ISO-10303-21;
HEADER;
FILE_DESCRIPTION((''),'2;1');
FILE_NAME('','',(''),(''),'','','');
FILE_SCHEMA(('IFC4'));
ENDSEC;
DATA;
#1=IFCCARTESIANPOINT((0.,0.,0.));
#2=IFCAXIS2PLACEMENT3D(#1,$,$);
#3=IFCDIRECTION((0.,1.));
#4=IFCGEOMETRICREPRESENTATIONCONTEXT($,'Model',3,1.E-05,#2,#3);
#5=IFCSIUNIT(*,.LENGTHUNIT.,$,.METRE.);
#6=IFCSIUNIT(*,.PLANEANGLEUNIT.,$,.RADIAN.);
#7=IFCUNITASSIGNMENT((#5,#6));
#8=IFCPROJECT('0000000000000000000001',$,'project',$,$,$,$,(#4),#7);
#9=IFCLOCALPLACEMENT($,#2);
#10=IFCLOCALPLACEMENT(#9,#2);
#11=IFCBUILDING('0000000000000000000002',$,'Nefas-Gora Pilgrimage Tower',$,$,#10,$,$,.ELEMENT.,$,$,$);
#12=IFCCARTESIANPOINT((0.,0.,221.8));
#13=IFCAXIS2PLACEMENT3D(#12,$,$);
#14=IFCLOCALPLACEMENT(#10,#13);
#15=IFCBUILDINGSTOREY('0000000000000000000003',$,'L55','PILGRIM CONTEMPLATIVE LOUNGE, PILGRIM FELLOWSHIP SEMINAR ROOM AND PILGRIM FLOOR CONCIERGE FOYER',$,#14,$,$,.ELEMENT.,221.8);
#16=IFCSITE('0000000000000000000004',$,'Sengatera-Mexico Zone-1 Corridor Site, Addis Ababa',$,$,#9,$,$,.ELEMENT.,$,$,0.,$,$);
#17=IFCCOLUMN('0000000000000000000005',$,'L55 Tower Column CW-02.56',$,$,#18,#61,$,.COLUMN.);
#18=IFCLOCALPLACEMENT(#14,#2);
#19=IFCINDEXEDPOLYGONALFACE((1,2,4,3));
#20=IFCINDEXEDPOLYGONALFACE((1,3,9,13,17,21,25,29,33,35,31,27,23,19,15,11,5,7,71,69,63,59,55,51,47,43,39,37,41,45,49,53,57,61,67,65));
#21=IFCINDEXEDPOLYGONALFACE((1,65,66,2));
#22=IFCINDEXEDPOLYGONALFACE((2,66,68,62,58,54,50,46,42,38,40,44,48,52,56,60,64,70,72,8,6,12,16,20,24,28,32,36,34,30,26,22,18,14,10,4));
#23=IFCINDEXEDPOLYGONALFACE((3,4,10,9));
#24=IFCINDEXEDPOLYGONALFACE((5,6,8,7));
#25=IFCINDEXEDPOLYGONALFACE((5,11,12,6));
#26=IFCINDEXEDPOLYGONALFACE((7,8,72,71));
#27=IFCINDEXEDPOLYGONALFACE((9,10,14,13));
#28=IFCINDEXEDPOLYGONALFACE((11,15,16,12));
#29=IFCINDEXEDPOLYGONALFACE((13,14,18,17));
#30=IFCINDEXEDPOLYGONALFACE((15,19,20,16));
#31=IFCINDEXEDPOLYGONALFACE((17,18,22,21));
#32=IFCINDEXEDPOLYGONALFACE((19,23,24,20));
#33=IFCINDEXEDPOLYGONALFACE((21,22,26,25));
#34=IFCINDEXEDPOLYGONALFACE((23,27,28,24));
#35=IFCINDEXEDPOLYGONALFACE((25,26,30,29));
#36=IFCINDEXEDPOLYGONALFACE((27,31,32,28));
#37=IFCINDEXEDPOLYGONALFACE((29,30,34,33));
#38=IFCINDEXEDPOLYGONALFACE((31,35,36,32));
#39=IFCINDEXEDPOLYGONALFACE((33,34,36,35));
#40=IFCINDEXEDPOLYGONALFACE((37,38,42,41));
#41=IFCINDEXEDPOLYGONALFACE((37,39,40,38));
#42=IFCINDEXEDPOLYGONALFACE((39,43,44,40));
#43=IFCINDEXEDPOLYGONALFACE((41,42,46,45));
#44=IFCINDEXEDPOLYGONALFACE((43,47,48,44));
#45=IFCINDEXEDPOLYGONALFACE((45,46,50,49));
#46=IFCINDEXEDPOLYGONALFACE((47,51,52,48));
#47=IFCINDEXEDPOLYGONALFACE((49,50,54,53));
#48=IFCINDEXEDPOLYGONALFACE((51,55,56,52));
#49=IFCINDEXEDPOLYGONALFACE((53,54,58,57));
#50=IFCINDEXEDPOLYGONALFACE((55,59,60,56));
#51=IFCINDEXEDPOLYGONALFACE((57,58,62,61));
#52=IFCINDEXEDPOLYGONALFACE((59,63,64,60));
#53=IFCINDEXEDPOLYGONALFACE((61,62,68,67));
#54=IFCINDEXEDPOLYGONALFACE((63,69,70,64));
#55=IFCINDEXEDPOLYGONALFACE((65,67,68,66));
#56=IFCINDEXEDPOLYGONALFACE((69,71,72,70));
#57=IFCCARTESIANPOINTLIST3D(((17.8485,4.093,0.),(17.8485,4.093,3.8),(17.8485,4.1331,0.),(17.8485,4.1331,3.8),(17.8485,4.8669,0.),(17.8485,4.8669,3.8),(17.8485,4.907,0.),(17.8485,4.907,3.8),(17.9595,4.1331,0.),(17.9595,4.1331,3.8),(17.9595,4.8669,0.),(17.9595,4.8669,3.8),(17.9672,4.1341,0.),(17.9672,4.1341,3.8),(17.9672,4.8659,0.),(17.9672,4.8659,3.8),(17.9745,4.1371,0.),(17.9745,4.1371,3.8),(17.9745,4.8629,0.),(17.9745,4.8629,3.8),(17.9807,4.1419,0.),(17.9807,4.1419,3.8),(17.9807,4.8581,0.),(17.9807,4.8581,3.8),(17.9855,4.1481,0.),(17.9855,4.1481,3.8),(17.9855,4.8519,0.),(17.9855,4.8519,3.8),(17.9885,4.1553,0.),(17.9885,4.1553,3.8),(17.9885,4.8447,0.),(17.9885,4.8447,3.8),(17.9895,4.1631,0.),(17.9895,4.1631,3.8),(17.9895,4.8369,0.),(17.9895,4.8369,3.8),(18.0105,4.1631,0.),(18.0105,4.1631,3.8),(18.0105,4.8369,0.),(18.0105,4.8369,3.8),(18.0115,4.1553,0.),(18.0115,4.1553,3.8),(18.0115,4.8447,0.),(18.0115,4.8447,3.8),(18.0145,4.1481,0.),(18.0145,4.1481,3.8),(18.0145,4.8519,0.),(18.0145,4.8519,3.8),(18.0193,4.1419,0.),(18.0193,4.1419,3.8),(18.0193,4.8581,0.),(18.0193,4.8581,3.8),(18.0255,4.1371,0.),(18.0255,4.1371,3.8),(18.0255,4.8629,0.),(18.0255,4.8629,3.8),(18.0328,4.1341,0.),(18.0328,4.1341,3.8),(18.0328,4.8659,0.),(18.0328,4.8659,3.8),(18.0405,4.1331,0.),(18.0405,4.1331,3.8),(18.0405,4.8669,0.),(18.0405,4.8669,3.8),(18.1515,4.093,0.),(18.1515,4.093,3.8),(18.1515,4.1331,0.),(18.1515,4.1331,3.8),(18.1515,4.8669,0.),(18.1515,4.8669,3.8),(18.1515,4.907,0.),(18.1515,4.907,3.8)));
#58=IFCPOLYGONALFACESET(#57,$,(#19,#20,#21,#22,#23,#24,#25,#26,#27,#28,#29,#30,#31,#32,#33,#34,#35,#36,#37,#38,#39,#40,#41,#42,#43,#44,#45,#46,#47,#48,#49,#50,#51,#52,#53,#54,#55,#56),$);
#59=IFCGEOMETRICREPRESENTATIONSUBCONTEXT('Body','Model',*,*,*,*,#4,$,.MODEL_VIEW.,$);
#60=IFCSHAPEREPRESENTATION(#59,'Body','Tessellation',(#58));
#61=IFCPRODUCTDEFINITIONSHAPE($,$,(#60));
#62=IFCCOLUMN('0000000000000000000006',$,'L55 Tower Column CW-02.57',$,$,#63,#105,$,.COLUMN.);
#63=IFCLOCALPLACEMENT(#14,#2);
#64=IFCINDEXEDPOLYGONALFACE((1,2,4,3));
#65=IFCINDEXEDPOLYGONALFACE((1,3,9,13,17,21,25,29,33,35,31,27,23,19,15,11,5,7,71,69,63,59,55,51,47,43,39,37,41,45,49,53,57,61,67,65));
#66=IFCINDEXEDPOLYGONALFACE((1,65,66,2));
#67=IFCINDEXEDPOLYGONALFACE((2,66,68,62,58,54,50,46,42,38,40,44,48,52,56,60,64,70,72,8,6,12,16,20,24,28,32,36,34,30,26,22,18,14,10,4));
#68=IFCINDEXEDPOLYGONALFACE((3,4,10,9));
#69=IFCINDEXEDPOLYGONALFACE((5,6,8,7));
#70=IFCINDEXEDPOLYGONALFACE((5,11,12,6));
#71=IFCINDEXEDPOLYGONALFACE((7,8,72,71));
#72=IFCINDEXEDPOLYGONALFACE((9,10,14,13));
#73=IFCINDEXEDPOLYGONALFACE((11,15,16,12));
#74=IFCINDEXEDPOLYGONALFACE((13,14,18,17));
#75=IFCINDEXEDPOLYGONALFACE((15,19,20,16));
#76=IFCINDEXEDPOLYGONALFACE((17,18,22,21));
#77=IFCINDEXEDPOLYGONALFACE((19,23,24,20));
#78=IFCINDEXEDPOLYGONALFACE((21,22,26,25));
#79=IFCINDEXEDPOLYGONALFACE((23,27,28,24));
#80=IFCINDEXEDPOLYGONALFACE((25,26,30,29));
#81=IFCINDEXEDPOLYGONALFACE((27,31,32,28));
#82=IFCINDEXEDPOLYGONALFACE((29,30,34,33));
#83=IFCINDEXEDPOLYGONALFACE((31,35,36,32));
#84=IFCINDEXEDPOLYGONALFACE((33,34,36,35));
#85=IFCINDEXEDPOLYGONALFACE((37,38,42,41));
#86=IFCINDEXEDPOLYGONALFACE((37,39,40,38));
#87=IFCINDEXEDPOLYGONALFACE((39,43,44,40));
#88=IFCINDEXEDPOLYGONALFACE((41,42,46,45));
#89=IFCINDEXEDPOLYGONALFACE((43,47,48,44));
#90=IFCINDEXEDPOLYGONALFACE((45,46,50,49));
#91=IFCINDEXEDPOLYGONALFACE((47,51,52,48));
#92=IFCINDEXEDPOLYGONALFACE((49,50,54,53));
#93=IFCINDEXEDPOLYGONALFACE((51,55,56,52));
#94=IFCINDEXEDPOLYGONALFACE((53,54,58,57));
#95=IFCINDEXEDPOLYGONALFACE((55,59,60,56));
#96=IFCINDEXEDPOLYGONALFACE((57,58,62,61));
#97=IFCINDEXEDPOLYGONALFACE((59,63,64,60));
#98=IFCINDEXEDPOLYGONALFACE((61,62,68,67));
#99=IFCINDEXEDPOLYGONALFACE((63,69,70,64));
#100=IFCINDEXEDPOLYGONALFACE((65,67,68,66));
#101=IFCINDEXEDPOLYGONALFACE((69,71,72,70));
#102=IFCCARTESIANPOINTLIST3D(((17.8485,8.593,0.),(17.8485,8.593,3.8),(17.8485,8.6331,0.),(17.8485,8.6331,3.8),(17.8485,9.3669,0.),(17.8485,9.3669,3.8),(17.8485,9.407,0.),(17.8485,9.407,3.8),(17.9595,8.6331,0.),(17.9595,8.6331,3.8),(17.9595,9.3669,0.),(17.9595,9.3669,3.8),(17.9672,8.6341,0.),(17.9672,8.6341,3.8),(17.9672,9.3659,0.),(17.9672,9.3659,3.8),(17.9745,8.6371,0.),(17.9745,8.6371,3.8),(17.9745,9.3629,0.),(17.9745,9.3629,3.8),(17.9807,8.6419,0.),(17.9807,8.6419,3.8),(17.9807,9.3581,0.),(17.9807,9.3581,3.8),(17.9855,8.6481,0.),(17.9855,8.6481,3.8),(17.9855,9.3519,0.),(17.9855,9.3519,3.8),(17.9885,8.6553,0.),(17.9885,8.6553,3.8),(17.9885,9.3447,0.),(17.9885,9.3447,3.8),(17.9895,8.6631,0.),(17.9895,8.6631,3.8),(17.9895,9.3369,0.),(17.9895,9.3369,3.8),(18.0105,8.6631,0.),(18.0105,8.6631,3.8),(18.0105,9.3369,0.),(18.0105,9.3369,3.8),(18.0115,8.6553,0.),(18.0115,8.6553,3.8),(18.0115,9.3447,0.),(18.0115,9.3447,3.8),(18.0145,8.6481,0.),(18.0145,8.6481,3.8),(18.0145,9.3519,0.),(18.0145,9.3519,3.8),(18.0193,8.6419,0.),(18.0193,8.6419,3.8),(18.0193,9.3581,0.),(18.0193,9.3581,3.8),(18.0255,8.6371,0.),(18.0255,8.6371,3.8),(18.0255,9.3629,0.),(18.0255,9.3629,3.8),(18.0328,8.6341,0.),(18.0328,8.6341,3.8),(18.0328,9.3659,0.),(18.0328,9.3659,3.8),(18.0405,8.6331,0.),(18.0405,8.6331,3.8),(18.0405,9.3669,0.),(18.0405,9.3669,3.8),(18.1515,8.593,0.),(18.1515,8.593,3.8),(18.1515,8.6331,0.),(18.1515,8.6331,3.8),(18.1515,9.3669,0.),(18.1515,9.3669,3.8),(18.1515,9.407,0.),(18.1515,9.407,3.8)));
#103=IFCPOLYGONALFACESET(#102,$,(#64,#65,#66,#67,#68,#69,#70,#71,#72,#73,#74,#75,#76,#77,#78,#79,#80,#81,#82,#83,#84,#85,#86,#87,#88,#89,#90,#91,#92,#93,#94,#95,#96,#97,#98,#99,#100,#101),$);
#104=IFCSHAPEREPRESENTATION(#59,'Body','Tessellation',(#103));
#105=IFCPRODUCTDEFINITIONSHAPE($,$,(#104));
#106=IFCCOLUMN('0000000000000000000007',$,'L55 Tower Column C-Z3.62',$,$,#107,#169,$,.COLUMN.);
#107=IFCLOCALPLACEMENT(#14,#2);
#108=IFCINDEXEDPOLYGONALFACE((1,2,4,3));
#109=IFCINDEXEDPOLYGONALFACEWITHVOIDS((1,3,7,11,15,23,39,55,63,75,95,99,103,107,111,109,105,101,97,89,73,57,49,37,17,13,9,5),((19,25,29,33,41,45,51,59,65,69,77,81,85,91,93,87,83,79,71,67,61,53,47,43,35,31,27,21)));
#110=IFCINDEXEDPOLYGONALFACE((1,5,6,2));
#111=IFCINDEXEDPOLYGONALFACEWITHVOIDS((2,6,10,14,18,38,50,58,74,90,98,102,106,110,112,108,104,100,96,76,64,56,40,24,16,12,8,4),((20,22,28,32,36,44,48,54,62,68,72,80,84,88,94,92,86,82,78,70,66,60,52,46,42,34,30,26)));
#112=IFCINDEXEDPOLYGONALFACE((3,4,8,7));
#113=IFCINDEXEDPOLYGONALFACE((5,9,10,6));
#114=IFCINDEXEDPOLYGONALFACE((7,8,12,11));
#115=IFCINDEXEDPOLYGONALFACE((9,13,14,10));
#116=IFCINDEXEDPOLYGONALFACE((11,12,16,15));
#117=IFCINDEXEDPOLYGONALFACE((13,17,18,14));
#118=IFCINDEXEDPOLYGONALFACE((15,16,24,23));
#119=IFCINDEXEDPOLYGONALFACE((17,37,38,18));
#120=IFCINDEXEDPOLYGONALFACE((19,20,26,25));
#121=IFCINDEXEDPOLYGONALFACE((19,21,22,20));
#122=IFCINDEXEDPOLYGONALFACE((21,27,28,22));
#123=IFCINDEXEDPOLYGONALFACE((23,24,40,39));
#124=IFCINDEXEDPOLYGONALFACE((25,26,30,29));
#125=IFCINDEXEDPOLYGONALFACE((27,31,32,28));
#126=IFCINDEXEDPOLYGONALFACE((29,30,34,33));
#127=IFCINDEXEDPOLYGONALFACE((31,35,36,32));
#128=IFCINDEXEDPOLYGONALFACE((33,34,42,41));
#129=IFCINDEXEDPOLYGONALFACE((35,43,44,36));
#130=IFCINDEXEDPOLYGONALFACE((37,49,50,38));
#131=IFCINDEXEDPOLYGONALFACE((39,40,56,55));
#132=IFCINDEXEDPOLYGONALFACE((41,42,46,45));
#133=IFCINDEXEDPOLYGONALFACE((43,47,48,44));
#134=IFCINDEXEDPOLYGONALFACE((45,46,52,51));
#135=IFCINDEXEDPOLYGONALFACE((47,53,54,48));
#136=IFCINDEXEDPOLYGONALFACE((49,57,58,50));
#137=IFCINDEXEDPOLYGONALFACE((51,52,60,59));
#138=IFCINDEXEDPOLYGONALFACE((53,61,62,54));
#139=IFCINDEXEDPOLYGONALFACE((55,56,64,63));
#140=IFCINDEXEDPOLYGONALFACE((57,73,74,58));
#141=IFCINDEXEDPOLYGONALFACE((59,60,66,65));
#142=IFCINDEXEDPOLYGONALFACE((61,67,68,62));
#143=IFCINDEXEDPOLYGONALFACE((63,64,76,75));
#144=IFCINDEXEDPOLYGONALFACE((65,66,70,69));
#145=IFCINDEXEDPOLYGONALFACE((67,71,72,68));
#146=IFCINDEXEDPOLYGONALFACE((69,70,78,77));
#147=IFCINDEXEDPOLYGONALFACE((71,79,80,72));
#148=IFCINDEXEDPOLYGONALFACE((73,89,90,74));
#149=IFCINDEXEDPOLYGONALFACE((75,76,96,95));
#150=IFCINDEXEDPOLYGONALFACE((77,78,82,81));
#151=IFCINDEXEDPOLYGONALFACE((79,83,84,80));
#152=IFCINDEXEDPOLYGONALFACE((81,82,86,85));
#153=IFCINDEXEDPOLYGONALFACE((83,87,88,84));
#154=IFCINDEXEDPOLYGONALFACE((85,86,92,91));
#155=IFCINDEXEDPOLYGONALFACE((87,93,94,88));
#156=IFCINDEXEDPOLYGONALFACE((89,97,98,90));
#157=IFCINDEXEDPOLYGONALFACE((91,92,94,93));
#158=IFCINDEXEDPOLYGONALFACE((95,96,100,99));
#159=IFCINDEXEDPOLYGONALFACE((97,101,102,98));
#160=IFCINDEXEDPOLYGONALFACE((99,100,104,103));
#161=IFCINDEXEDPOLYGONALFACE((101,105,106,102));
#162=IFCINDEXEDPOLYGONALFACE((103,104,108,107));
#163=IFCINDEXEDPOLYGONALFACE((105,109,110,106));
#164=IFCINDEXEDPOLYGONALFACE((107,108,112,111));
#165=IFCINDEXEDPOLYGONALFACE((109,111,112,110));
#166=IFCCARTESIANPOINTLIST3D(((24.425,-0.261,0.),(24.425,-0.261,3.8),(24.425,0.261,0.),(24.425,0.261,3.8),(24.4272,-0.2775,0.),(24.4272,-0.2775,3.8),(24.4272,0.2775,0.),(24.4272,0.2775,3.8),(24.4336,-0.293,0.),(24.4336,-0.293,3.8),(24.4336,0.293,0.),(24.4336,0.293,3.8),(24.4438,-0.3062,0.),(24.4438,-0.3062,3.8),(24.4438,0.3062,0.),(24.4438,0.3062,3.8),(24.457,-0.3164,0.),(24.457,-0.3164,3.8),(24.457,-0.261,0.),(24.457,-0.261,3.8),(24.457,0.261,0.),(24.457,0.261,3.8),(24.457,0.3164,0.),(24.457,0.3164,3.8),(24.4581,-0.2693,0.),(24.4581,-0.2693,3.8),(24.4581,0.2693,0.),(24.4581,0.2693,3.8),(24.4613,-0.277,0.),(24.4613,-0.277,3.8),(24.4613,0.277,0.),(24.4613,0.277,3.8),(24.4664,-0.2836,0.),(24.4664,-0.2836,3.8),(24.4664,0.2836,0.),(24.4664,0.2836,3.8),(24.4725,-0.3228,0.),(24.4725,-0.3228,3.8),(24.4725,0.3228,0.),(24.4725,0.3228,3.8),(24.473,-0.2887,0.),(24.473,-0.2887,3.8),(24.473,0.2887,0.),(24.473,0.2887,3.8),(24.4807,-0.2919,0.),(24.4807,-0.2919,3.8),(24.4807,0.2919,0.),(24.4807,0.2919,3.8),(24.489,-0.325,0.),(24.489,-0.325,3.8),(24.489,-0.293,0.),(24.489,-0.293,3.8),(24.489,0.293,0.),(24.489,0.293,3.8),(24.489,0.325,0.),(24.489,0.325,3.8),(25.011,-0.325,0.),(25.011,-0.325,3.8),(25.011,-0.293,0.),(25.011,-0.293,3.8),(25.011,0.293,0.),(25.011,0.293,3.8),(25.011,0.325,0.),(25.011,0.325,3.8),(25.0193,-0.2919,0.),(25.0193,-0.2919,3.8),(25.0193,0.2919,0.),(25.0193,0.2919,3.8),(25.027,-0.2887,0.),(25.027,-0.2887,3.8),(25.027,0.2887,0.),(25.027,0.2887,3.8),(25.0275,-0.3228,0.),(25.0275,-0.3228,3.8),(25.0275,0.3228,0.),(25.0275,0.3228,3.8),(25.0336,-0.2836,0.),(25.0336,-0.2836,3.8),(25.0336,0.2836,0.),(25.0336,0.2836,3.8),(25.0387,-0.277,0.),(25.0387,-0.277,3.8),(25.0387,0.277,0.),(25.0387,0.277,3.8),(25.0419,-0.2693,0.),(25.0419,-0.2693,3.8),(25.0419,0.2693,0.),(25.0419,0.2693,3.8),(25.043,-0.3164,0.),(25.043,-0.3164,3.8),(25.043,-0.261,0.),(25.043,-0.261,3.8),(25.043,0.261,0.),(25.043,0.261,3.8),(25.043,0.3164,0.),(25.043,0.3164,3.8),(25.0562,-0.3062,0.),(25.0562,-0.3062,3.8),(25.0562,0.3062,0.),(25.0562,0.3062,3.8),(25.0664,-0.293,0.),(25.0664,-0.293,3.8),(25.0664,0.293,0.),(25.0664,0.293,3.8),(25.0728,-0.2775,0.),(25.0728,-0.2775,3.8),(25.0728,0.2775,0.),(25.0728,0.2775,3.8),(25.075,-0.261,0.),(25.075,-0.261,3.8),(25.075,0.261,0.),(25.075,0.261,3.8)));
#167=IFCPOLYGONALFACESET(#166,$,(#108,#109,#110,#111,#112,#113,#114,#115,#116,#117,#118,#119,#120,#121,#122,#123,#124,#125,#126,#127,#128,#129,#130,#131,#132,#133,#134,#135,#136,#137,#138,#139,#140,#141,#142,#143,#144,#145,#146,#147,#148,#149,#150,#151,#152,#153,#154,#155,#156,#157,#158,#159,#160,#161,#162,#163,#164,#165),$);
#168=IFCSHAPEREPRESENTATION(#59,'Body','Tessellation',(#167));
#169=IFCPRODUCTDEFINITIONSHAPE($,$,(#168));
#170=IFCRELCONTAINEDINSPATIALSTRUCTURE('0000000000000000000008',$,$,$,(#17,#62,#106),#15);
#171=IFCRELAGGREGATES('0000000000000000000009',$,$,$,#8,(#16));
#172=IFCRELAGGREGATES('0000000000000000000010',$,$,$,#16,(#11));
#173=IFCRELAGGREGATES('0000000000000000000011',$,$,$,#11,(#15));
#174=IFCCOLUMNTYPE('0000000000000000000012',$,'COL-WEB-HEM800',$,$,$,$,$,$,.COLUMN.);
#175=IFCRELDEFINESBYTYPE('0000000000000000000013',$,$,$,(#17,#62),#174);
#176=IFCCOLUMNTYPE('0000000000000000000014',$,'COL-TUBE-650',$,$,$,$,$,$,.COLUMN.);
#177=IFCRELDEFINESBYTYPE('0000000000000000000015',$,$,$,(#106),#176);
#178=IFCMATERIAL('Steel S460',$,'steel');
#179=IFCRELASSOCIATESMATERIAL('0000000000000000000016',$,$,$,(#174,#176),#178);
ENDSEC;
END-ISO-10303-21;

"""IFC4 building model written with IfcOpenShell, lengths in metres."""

from ifc_helpers import new_model, si_unit, direction, frame, origin, origin_2d, place, context, subcontext, project, spatial, hollow_rectangle, i_section, extrude, source, transform, mapped, material, material_profile, profile_set, type_object, element, save


model = new_model("IFC4")

# Units and contexts
model_context = context("Model", 3, precision=1e-05, world=origin(), true_north=direction((0.0, 1.0)))
body_context = subcontext(model_context, "Body", "Model", "MODEL_VIEW")
ifc_project = project(units=[si_unit("LENGTHUNIT", "METRE"), si_unit("PLANEANGLEUNIT", "RADIAN")], contexts=[model_context])

# Site, building, storey
site_placement = place(None, origin())
site = spatial("IfcSite", under=ifc_project, at=site_placement, Name="Sengatera-Mexico Zone-1 Corridor Site, Addis Ababa", CompositionType="ELEMENT", RefElevation=0.0)
building_placement = place(site_placement, origin())
building = spatial("IfcBuilding", under=site, at=building_placement, Name="Nefas-Gora Pilgrimage Tower", CompositionType="ELEMENT")
storey_placement = place(building_placement, frame((0.0, 0.0, 221.8)))
storey = spatial("IfcBuildingStorey", under=building, at=storey_placement, Name="L55", Description="PILGRIM CONTEMPLATIVE LOUNGE, PILGRIM FELLOWSHIP SEMINAR ROOM AND PILGRIM FLOOR CONCIERGE FOYER", CompositionType="ELEMENT", Elevation=221.8)

# Columns
ifc_material_1 = material(Name="Steel S460", Category="steel")
ifc_material_profile_1 = material_profile(ifc_material_1, i_section(OverallWidth=0.303, OverallDepth=0.814, WebThickness=0.021, FlangeThickness=0.04, FilletRadius=0.03, at=origin_2d()), Name="HEM 800")
ifc_profile_set_1 = profile_set([ifc_material_profile_1], Name="Steel S460")
column_type_1 = type_object("IfcColumnType", Name="COL-WEB-HEM800", PredefinedType="COLUMN", material=ifc_profile_set_1)
shared_shape_1 = source(origin(), body_context, "Body", "SweptSolid", [
    extrude(i_section(OverallWidth=0.303, OverallDepth=0.814, WebThickness=0.021, FlangeThickness=0.04, FilletRadius=0.03, at=origin_2d()), origin(), (0.0, 0.0, 1.0), 3.8),
])
for number, where, z_axis, x_axis, name in (
    (1, (18.0, 4.5, 0.0), (0.0, 0.0, 1.0), (1.0, 0.0, 0.0), "L55 Tower Column CW-02.56"),
    (2, (18.0, 9.0, 0.0), (0.0, 0.0, 1.0), (1.0, 0.0, 0.0), "L55 Tower Column CW-02.57"),
):
    element("IfcColumn", number, at=place(storey_placement, frame(where, z_axis=z_axis, x_axis=x_axis)), inside=storey, type_object=column_type_1, Name=name, PredefinedType="COLUMN", context=body_context, shape_type="MappedRepresentation", body=[
        mapped(shared_shape_1, transform((0.0, 0.0, 0.0), x_axis=(1.0, 0.0, 0.0), y_axis=(0.0, 1.0, 0.0), z_axis=(0.0, 0.0, 1.0), scale=1.0)),
    ])
ifc_material_profile_2 = material_profile(ifc_material_1, hollow_rectangle(XDim=0.6499, YDim=0.6499, WallThickness=0.032, InnerFilletRadius=0.032, OuterFilletRadius=0.064, at=origin_2d()), Name="BOX 650x650x32")
ifc_profile_set_2 = profile_set([ifc_material_profile_2], Name="Steel S460")
column_type_2 = type_object("IfcColumnType", Name="COL-TUBE-650", PredefinedType="COLUMN", material=ifc_profile_set_2)
shared_shape_2 = source(origin(), body_context, "Body", "SweptSolid", [
    extrude(hollow_rectangle(XDim=0.6499, YDim=0.6499, WallThickness=0.032, InnerFilletRadius=0.032, OuterFilletRadius=0.064, at=origin_2d()), origin(), (0.0, 0.0, 1.0), 3.8),
])
for number, where, z_axis, x_axis, name in (
    (3, (24.75, 0.0, 0.0), (0.0, 0.0, 1.0), (1.0, 0.0, 0.0), "L55 Tower Column C-Z3.62"),
):
    element("IfcColumn", number, at=place(storey_placement, frame(where, z_axis=z_axis, x_axis=x_axis)), inside=storey, type_object=column_type_2, Name=name, PredefinedType="COLUMN", context=body_context, shape_type="MappedRepresentation", body=[
        mapped(shared_shape_2, transform((0.0, 0.0, 0.0), x_axis=(1.0, 0.0, 0.0), y_axis=(0.0, 1.0, 0.0), z_axis=(0.0, 0.0, 1.0), scale=1.0)),
    ])

save(model, "model.ifc")
